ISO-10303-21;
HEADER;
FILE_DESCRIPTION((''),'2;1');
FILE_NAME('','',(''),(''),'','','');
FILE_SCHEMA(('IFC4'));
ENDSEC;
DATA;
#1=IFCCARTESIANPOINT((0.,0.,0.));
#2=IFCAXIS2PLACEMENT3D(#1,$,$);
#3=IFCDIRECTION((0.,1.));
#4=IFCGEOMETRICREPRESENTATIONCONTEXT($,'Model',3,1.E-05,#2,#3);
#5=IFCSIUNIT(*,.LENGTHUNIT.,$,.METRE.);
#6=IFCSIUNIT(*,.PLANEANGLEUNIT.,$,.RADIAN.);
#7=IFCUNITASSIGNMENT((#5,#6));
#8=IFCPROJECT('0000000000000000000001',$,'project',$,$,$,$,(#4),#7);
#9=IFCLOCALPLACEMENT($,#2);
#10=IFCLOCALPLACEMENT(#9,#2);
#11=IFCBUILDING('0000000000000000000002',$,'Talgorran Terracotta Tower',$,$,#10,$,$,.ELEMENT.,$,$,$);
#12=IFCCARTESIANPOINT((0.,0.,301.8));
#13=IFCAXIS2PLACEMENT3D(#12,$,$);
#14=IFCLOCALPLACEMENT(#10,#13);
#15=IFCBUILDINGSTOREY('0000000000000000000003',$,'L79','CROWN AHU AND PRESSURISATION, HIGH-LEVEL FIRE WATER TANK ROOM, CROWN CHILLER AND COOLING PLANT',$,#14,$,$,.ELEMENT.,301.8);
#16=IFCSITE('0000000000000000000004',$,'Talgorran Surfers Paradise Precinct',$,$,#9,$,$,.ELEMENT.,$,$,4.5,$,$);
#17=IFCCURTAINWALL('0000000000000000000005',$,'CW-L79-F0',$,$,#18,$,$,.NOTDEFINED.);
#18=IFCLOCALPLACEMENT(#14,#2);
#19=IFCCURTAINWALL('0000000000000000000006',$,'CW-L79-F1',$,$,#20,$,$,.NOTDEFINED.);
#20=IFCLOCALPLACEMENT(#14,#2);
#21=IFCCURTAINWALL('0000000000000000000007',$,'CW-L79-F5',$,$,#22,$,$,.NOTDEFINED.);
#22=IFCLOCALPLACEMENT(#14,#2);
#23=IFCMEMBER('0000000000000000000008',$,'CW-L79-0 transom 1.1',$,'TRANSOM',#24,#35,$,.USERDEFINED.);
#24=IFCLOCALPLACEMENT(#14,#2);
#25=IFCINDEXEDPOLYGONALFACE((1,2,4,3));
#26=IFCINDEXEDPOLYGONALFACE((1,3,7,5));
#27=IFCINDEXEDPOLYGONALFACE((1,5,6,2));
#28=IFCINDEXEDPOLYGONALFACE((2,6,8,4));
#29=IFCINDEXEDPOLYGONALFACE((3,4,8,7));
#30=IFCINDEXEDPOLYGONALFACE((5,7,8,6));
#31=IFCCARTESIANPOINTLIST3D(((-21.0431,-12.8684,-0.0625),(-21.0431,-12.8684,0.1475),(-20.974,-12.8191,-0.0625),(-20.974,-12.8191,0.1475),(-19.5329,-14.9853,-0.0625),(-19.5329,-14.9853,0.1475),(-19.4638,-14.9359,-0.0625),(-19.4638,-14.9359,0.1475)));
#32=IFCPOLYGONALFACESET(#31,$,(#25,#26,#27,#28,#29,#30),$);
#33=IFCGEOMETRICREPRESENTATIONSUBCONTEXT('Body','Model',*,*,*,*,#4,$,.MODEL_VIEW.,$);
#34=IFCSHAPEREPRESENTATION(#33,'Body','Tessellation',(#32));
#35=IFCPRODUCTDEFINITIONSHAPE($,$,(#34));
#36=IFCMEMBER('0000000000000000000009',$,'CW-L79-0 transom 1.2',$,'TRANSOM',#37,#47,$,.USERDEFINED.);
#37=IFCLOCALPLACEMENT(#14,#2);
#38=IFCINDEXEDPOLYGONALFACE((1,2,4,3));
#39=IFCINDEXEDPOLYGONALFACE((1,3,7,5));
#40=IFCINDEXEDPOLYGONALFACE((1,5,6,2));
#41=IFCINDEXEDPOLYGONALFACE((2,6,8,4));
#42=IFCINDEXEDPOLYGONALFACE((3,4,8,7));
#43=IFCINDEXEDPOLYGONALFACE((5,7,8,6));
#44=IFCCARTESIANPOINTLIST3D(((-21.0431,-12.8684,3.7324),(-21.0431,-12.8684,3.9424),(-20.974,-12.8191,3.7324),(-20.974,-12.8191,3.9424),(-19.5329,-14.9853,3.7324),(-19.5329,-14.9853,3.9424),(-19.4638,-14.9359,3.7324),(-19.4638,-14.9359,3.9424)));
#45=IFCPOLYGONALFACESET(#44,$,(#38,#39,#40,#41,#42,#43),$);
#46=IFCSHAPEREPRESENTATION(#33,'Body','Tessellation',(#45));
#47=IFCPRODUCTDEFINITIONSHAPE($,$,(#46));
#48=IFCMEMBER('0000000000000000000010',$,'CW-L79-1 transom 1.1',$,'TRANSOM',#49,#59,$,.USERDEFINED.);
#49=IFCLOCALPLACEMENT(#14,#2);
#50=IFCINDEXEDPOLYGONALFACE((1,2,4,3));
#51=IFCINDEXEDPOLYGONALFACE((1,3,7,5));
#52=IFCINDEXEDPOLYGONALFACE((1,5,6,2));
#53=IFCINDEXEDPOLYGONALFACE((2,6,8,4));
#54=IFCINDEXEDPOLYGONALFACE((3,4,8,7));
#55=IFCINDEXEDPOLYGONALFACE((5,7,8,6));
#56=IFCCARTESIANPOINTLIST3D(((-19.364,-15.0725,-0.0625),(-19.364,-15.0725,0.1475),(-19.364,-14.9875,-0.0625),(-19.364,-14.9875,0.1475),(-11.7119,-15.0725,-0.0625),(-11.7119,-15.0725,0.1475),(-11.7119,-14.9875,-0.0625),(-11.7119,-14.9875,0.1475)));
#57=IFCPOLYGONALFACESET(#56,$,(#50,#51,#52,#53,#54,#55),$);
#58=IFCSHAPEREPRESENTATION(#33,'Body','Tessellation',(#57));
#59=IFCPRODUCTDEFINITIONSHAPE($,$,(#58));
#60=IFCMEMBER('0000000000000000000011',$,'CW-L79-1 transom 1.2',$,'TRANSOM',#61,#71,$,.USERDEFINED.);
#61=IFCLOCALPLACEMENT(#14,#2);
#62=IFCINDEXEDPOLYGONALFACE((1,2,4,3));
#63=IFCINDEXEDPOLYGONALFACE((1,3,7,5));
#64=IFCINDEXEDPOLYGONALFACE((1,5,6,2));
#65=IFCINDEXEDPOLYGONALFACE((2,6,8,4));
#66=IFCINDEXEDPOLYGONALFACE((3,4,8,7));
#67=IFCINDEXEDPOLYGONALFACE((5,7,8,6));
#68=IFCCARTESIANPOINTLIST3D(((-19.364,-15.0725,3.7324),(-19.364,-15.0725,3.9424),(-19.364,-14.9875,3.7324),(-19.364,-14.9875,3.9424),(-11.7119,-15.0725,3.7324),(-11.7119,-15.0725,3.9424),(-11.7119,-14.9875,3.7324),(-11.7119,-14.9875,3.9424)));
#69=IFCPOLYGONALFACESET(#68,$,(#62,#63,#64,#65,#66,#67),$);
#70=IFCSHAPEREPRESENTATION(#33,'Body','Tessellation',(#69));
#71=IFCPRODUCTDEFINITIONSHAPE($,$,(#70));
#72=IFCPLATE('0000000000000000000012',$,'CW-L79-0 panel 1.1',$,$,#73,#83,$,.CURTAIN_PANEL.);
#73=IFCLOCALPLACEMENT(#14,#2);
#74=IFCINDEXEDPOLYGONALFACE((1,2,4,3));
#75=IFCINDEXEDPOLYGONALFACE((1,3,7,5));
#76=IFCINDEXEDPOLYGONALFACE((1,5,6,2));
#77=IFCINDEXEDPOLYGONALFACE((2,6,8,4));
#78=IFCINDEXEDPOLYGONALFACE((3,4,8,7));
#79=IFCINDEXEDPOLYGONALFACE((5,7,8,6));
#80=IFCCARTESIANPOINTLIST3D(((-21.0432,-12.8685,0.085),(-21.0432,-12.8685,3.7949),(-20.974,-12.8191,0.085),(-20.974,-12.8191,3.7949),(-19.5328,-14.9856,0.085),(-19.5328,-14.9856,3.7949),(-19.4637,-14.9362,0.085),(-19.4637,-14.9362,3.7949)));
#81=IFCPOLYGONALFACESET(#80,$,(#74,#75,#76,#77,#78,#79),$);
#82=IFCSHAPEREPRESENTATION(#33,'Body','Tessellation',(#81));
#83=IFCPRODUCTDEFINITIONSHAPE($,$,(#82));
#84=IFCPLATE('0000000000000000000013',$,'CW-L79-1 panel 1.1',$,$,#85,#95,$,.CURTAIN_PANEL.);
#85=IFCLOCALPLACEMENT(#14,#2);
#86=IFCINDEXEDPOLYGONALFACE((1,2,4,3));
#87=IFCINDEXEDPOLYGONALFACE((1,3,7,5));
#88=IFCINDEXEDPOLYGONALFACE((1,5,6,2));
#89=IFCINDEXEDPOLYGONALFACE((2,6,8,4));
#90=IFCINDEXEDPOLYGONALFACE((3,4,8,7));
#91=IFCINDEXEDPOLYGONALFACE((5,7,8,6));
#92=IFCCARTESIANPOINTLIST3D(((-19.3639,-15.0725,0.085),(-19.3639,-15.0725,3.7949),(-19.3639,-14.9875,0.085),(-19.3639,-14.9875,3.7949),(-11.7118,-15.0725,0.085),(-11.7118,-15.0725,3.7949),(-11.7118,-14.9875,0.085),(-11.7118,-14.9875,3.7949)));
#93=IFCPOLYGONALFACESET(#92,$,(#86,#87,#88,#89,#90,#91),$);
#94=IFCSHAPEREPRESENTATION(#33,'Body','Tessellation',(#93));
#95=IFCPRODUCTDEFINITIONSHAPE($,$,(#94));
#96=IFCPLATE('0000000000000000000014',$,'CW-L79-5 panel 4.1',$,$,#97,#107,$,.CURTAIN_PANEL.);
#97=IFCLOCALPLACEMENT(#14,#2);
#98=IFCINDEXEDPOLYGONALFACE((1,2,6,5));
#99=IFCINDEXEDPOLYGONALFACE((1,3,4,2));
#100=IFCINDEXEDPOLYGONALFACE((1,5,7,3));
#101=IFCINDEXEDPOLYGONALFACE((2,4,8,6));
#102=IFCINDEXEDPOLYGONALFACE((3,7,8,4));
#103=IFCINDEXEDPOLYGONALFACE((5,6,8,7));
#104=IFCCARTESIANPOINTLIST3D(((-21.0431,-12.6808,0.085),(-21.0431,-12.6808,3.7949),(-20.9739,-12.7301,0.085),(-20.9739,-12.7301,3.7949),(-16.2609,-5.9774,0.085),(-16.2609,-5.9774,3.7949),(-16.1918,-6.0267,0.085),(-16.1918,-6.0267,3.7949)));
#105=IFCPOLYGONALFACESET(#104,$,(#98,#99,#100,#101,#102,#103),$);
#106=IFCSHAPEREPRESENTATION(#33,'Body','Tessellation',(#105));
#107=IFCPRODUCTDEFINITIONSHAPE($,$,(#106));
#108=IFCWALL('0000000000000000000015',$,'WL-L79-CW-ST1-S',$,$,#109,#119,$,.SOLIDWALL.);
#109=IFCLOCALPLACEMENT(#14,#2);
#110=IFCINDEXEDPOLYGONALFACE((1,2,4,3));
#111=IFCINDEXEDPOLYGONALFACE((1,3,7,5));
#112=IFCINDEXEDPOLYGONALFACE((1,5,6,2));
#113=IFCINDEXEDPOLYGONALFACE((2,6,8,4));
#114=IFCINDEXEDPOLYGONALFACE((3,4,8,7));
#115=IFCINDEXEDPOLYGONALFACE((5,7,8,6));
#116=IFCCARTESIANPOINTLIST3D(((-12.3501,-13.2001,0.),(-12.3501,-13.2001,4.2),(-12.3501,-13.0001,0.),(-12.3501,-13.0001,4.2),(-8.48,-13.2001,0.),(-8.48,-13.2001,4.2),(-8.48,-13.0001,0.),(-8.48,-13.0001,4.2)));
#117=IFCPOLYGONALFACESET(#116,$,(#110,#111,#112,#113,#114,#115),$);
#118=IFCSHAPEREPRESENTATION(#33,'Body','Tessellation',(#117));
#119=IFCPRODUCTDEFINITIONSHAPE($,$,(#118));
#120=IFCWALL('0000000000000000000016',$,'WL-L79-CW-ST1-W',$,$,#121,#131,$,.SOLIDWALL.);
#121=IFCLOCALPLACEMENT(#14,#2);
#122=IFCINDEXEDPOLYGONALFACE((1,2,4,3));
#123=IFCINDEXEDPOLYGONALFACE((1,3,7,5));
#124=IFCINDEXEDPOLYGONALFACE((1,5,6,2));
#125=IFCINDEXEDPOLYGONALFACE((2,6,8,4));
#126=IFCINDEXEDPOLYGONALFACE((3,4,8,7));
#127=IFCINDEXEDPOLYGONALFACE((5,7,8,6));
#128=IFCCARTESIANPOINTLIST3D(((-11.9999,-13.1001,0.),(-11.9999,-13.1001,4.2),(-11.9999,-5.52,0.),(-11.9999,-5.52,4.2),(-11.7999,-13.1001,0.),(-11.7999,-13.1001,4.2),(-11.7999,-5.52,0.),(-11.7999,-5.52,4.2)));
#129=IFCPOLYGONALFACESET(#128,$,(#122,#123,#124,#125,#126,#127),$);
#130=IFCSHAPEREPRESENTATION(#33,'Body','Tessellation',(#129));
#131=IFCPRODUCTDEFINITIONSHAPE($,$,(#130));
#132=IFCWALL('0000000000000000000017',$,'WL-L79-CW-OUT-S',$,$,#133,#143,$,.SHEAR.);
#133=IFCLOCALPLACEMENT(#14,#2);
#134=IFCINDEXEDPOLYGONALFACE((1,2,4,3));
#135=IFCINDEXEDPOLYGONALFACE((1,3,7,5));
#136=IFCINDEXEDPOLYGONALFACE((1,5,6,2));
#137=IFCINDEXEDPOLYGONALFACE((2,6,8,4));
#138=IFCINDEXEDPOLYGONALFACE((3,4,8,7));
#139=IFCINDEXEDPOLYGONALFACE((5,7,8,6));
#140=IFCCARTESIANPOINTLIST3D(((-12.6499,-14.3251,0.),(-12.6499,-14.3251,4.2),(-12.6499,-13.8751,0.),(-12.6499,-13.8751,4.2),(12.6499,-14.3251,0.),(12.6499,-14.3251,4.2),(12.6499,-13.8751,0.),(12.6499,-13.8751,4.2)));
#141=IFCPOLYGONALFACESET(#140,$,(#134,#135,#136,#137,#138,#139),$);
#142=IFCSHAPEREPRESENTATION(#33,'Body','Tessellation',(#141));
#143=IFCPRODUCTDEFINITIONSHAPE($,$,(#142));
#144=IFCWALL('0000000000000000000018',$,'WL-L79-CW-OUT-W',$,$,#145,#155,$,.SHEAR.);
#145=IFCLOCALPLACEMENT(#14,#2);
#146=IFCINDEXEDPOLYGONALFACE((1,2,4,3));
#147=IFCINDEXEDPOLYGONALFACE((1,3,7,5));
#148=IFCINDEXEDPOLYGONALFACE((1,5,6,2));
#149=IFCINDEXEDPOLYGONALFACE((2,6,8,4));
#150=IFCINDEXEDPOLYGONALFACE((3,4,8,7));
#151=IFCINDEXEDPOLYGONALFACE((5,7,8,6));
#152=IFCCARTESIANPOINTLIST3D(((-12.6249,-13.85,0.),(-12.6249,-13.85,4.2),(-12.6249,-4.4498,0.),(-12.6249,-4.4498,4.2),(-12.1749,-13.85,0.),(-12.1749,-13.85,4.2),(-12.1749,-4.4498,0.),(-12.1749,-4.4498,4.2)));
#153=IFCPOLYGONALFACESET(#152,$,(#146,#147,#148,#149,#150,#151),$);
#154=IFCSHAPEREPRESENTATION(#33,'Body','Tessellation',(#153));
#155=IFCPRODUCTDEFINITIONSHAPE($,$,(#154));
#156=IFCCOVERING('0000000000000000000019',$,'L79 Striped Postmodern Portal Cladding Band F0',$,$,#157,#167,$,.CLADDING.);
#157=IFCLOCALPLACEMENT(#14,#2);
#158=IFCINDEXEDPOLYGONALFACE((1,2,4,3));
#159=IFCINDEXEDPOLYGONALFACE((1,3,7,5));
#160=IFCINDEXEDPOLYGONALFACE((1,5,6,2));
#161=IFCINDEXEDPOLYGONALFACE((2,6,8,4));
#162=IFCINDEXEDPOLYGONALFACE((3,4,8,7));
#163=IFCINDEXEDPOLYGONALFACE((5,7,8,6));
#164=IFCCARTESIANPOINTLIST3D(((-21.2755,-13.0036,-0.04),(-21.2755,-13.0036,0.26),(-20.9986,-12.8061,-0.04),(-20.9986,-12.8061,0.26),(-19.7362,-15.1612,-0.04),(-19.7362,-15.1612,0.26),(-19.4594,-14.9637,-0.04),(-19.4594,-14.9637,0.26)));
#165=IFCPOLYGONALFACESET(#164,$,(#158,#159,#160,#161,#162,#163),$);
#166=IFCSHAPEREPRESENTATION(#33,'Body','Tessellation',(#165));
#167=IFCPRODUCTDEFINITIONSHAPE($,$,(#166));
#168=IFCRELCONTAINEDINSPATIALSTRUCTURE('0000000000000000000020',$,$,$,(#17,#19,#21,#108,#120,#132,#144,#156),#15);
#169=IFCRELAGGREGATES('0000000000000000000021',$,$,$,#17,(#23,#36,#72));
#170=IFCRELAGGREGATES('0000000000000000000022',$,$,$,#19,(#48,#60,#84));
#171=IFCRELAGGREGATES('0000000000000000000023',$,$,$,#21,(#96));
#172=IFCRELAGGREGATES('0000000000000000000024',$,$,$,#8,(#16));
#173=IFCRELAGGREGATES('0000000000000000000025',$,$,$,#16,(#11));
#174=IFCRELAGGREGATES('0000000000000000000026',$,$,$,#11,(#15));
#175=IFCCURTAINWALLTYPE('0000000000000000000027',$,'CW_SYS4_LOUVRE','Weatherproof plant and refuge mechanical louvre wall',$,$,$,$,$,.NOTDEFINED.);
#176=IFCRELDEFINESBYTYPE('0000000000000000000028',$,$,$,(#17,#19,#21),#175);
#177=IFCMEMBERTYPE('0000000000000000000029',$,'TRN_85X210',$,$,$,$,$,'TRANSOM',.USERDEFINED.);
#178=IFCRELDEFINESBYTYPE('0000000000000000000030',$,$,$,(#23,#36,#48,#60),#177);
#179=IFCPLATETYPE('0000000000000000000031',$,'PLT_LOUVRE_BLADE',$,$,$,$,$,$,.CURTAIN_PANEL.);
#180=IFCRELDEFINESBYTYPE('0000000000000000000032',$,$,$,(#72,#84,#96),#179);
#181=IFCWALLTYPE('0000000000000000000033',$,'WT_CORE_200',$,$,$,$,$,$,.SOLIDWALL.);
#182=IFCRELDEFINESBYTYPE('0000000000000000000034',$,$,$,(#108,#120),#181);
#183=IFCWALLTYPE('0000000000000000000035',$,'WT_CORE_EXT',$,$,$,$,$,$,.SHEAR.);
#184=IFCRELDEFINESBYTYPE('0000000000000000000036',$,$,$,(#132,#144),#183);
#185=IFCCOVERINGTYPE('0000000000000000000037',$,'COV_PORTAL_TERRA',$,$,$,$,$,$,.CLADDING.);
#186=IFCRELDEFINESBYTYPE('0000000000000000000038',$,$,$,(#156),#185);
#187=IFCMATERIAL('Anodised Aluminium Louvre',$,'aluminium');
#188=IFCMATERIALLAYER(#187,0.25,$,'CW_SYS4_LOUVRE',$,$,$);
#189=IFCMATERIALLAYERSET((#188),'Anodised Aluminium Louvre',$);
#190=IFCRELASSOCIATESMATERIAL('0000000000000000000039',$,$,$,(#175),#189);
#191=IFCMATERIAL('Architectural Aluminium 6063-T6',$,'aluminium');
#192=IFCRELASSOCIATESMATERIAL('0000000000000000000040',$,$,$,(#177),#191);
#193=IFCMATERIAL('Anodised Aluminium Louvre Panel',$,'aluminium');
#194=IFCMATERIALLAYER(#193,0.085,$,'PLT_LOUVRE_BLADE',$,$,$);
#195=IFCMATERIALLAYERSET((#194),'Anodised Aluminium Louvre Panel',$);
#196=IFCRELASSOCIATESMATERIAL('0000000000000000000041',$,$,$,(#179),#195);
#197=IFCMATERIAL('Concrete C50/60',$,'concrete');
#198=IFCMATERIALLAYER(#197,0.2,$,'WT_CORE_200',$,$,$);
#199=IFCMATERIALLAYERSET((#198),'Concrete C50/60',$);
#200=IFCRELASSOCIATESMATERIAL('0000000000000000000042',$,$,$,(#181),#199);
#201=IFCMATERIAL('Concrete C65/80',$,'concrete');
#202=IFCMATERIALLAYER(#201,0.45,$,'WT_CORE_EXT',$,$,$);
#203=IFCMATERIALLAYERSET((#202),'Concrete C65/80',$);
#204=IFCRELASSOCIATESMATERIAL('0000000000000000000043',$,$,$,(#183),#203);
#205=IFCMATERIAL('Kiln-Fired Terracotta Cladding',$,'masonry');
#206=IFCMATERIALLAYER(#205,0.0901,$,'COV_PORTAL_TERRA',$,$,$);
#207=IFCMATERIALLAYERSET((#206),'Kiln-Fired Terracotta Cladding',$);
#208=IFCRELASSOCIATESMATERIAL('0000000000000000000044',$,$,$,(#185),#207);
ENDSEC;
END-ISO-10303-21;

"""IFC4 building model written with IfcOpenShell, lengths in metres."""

from ifc_helpers import new_model, si_unit, direction, frame, frame_2d, origin, origin_2d, place, context, subcontext, project, spatial, rectangle, extrude, source, transform, mapped, material, layer, layer_set, material_profile, profile_set, type_object, type_shapes, element, aggregate, save


model = new_model("IFC4")

# Units and contexts
model_context = context("Model", 3, precision=1e-05, world=origin(), true_north=direction((0.0, 1.0)))
body_context = subcontext(model_context, "Body", "Model", "MODEL_VIEW")
ifc_project = project(units=[si_unit("LENGTHUNIT", "METRE"), si_unit("PLANEANGLEUNIT", "RADIAN")], contexts=[model_context])

# Site, building, storey
site_placement = place(None, origin())
site = spatial("IfcSite", under=ifc_project, at=site_placement, Name="Talgorran Surfers Paradise Precinct", CompositionType="ELEMENT", RefElevation=4.5)
building_placement = place(site_placement, origin())
building = spatial("IfcBuilding", under=site, at=building_placement, Name="Talgorran Terracotta Tower", CompositionType="ELEMENT")
storey_placement = place(building_placement, frame((0.0, 0.0, 301.8)))
storey = spatial("IfcBuildingStorey", under=building, at=storey_placement, Name="L79", Description="CROWN AHU AND PRESSURISATION, HIGH-LEVEL FIRE WATER TANK ROOM, CROWN CHILLER AND COOLING PLANT", CompositionType="ELEMENT", Elevation=301.8)

# Curtain walls
ifc_material_1 = material(Name="Anodised Aluminium Louvre", Category="aluminium")
ifc_layer_1 = layer(ifc_material_1, 0.25, Name="CW_SYS4_LOUVRE")
ifc_layer_set_1 = layer_set([ifc_layer_1], Name="Anodised Aluminium Louvre")
curtain_wall_type = type_object("IfcCurtainWallType", Name="CW_SYS4_LOUVRE", Description="Weatherproof plant and refuge mechanical louvre wall", PredefinedType="NOTDEFINED", material=ifc_layer_set_1)
curtain_wall_1_placement = place(storey_placement, origin())
curtain_wall_1 = element("IfcCurtainWall", 1, at=curtain_wall_1_placement, inside=storey, type_object=curtain_wall_type, Name="CW-L79-F0", PredefinedType="NOTDEFINED")
ifc_material_2 = material(Name="Architectural Aluminium 6063-T6", Category="aluminium")
curtain_wall_2_placement = place(storey_placement, origin())
curtain_wall_2 = element("IfcCurtainWall", 2, at=curtain_wall_2_placement, inside=storey, type_object=curtain_wall_type, Name="CW-L79-F1", PredefinedType="NOTDEFINED")

# Curtain wall
curtain_wall_3_placement = place(storey_placement, origin())
curtain_wall_3 = element("IfcCurtainWall", 3, at=curtain_wall_3_placement, inside=storey, type_object=curtain_wall_type, Name="CW-L79-F5", PredefinedType="NOTDEFINED")

# Members
ifc_material_profile_1 = material_profile(ifc_material_2, rectangle(XDim=0.085, YDim=0.21, at=origin_2d()), Name="CWT85X210")
ifc_profile_set_1 = profile_set([ifc_material_profile_1], Name="Architectural Aluminium 6063-T6")
member_type_1 = type_object("IfcMemberType", Name="TRN_85X210", ElementType="TRANSOM", PredefinedType="USERDEFINED", material=ifc_profile_set_1)
member_1_placement = place(storey_placement, frame((-21.0085, -12.8438, 0.0425), z_axis=(0.580767, -0.81407, 0.0), x_axis=(0.81407, 0.580767, 0.0)))
member_1 = element("IfcMember", 4, at=member_1_placement, type_object=member_type_1, Name="CW-L79-0 transom 1.1", ObjectType="TRANSOM", PredefinedType="USERDEFINED", context=body_context, shape_type="SweptSolid", body=[
    extrude(rectangle(XDim=0.085, YDim=0.21, at=origin_2d()), origin(), (0.0, 0.0, 1.0), 2.6003),
])
member_2_placement = place(storey_placement, frame((-21.0085, -12.8438, 3.8374), z_axis=(0.580767, -0.81407, 0.0), x_axis=(0.81407, 0.580767, 0.0)))
member_2 = element("IfcMember", 5, at=member_2_placement, type_object=member_type_1, Name="CW-L79-0 transom 1.2", ObjectType="TRANSOM", PredefinedType="USERDEFINED", context=body_context, shape_type="SweptSolid", body=[
    extrude(rectangle(XDim=0.085, YDim=0.21, at=origin_2d()), origin(), (0.0, 0.0, 1.0), 2.6003),
])
member_3_placement = place(storey_placement, frame((-19.364, -15.03, 0.0425), z_axis=(1.0, 0.0, 0.0), x_axis=(0.0, 1.0, 0.0)))
member_3 = element("IfcMember", 6, at=member_3_placement, type_object=member_type_1, Name="CW-L79-1 transom 1.1", ObjectType="TRANSOM", PredefinedType="USERDEFINED", context=body_context, shape_type="SweptSolid", body=[
    extrude(rectangle(XDim=0.085, YDim=0.21, at=origin_2d()), origin(), (0.0, 0.0, 1.0), 7.6521),
])
member_4_placement = place(storey_placement, frame((-19.364, -15.03, 3.8374), z_axis=(1.0, 0.0, 0.0), x_axis=(0.0, 1.0, 0.0)))
member_4 = element("IfcMember", 7, at=member_4_placement, type_object=member_type_1, Name="CW-L79-1 transom 1.2", ObjectType="TRANSOM", PredefinedType="USERDEFINED", context=body_context, shape_type="SweptSolid", body=[
    extrude(rectangle(XDim=0.085, YDim=0.21, at=origin_2d()), origin(), (0.0, 0.0, 1.0), 7.6521),
])

# Plates
ifc_material_3 = material(Name="Anodised Aluminium Louvre Panel", Category="aluminium")
ifc_layer_2 = layer(ifc_material_3, 0.085, Name="PLT_LOUVRE_BLADE")
ifc_layer_set_2 = layer_set([ifc_layer_2], Name="Anodised Aluminium Louvre Panel")
plate_type = type_object("IfcPlateType", Name="PLT_LOUVRE_BLADE", PredefinedType="CURTAIN_PANEL", material=ifc_layer_set_2)
shared_shape_1 = source(origin(), body_context, "Body", "SweptSolid", [
    extrude(rectangle(XDim=2.6006, YDim=0.085, at=origin_2d()), origin(), (0.0, 0.0, 1.0), 3.71),
])
plate_1_placement = place(storey_placement, frame((-20.2534, -13.9023, 0.085), z_axis=(0.0, 0.0, 1.0), x_axis=(0.58076, -0.814075, 0.0)))
plate_1 = element("IfcPlate", 8, at=plate_1_placement, type_object=plate_type, Name="CW-L79-0 panel 1.1", PredefinedType="CURTAIN_PANEL", context=body_context, shape_type="MappedRepresentation", body=[
    mapped(shared_shape_1, transform((0.0, 0.0, 0.0), scale=1.0)),
])
aggregate(curtain_wall_1, [member_1, member_2, plate_1])
shared_shape_2 = source(origin(), body_context, "Body", "SweptSolid", [
    extrude(rectangle(XDim=7.6521, YDim=0.085, at=origin_2d()), origin(), (0.0, 0.0, 1.0), 3.71),
])
plate_2_placement = place(storey_placement, frame((-15.5378, -15.03, 0.085), z_axis=(0.0, 0.0, 1.0), x_axis=(1.0, 0.0, 0.0)))
plate_2 = element("IfcPlate", 9, at=plate_2_placement, type_object=plate_type, Name="CW-L79-1 panel 1.1", PredefinedType="CURTAIN_PANEL", context=body_context, shape_type="MappedRepresentation", body=[
    mapped(shared_shape_2, transform((0.0, 0.0, 0.0), scale=1.0)),
])
aggregate(curtain_wall_2, [member_3, member_4, plate_2])
shared_shape_3 = source(origin(), body_context, "Body", "SweptSolid", [
    extrude(rectangle(XDim=8.2344, YDim=0.085, at=origin_2d()), origin(), (0.0, 0.0, 1.0), 3.71),
])
type_shapes(plate_type, [shared_shape_1, shared_shape_2, shared_shape_3])
plate_3_placement = place(storey_placement, frame((-18.6174, -9.3538, 0.085), z_axis=(0.0, 0.0, 1.0), x_axis=(-0.580758, -0.814076, 0.0)))
plate_3 = element("IfcPlate", 10, at=plate_3_placement, type_object=plate_type, Name="CW-L79-5 panel 4.1", PredefinedType="CURTAIN_PANEL", context=body_context, shape_type="MappedRepresentation", body=[
    mapped(shared_shape_3, transform((0.0, 0.0, 0.0), scale=1.0)),
])
aggregate(curtain_wall_3, [plate_3])

# Walls
ifc_material_4 = material(Name="Concrete C50/60", Category="concrete")
ifc_layer_3 = layer(ifc_material_4, 0.2, Name="WT_CORE_200")
ifc_layer_set_3 = layer_set([ifc_layer_3], Name="Concrete C50/60")
wall_type_1 = type_object("IfcWallType", Name="WT_CORE_200", PredefinedType="SOLIDWALL", material=ifc_layer_set_3)
wall_1_placement = place(storey_placement, frame((-12.3501, -13.1001, 0.0), z_axis=(0.0, 0.0, 1.0), x_axis=(1.0, 0.0, 0.0)))
element("IfcWall", 11, at=wall_1_placement, inside=storey, type_object=wall_type_1, Name="WL-L79-CW-ST1-S", PredefinedType="SOLIDWALL", context=body_context, shape_type="SweptSolid", body=[
    extrude(rectangle(XDim=3.8701, YDim=0.2, at=frame_2d((1.9351, 0.0))), origin(), (0.0, 0.0, 1.0), 4.2),
])
wall_2_placement = place(storey_placement, frame((-11.8999, -13.1001, 0.0), z_axis=(0.0, 0.0, 1.0), x_axis=(0.0, 1.0, 0.0)))
element("IfcWall", 12, at=wall_2_placement, inside=storey, type_object=wall_type_1, Name="WL-L79-CW-ST1-W", PredefinedType="SOLIDWALL", context=body_context, shape_type="SweptSolid", body=[
    extrude(rectangle(XDim=7.5801, YDim=0.2, at=frame_2d((3.79, 0.0))), origin(), (0.0, 0.0, 1.0), 4.2),
])
ifc_material_5 = material(Name="Concrete C65/80", Category="concrete")
ifc_layer_4 = layer(ifc_material_5, 0.45, Name="WT_CORE_EXT")
ifc_layer_set_4 = layer_set([ifc_layer_4], Name="Concrete C65/80")
wall_type_2 = type_object("IfcWallType", Name="WT_CORE_EXT", PredefinedType="SHEAR", material=ifc_layer_set_4)
wall_3_placement = place(storey_placement, frame((-12.6499, -14.1001, 0.0), z_axis=(0.0, 0.0, 1.0), x_axis=(1.0, 0.0, 0.0)))
element("IfcWall", 13, at=wall_3_placement, inside=storey, type_object=wall_type_2, Name="WL-L79-CW-OUT-S", PredefinedType="SHEAR", context=body_context, shape_type="SweptSolid", body=[
    extrude(rectangle(XDim=25.2998, YDim=0.45, at=frame_2d((12.6499, 0.0))), origin(), (0.0, 0.0, 1.0), 4.2),
])
wall_4_placement = place(storey_placement, frame((-12.3999, -13.8501, 0.0), z_axis=(0.0, 0.0, 1.0), x_axis=(0.0, 1.0, 0.0)))
element("IfcWall", 14, at=wall_4_placement, inside=storey, type_object=wall_type_2, Name="WL-L79-CW-OUT-W", PredefinedType="SHEAR", context=body_context, shape_type="SweptSolid", body=[
    extrude(rectangle(XDim=9.4001, YDim=0.45, at=frame_2d((4.7002, 0.0))), origin(), (0.0, 0.0, 1.0), 4.2),
])

# Covering
ifc_material_6 = material(Name="Kiln-Fired Terracotta Cladding", Category="masonry")
ifc_layer_5 = layer(ifc_material_6, 0.0901, Name="COV_PORTAL_TERRA")
ifc_layer_set_5 = layer_set([ifc_layer_5], Name="Kiln-Fired Terracotta Cladding")
covering_type = type_object("IfcCoveringType", Name="COV_PORTAL_TERRA", PredefinedType="CLADDING", material=ifc_layer_set_5)
covering_placement = place(storey_placement, frame((-20.3674, -13.9836, -0.04), z_axis=(0.0, 0.0, 1.0), x_axis=(0.58076, -0.814075, 0.0)))
element("IfcCovering", 15, at=covering_placement, inside=storey, type_object=covering_type, Name="L79 Striped Postmodern Portal Cladding Band F0", PredefinedType="CLADDING", context=body_context, shape_type="SweptSolid", body=[
    extrude(rectangle(XDim=2.6504, YDim=0.3401, at=origin_2d()), origin(), (0.0, 0.0, 1.0), 0.3),
])

save(model, "model.ifc")
